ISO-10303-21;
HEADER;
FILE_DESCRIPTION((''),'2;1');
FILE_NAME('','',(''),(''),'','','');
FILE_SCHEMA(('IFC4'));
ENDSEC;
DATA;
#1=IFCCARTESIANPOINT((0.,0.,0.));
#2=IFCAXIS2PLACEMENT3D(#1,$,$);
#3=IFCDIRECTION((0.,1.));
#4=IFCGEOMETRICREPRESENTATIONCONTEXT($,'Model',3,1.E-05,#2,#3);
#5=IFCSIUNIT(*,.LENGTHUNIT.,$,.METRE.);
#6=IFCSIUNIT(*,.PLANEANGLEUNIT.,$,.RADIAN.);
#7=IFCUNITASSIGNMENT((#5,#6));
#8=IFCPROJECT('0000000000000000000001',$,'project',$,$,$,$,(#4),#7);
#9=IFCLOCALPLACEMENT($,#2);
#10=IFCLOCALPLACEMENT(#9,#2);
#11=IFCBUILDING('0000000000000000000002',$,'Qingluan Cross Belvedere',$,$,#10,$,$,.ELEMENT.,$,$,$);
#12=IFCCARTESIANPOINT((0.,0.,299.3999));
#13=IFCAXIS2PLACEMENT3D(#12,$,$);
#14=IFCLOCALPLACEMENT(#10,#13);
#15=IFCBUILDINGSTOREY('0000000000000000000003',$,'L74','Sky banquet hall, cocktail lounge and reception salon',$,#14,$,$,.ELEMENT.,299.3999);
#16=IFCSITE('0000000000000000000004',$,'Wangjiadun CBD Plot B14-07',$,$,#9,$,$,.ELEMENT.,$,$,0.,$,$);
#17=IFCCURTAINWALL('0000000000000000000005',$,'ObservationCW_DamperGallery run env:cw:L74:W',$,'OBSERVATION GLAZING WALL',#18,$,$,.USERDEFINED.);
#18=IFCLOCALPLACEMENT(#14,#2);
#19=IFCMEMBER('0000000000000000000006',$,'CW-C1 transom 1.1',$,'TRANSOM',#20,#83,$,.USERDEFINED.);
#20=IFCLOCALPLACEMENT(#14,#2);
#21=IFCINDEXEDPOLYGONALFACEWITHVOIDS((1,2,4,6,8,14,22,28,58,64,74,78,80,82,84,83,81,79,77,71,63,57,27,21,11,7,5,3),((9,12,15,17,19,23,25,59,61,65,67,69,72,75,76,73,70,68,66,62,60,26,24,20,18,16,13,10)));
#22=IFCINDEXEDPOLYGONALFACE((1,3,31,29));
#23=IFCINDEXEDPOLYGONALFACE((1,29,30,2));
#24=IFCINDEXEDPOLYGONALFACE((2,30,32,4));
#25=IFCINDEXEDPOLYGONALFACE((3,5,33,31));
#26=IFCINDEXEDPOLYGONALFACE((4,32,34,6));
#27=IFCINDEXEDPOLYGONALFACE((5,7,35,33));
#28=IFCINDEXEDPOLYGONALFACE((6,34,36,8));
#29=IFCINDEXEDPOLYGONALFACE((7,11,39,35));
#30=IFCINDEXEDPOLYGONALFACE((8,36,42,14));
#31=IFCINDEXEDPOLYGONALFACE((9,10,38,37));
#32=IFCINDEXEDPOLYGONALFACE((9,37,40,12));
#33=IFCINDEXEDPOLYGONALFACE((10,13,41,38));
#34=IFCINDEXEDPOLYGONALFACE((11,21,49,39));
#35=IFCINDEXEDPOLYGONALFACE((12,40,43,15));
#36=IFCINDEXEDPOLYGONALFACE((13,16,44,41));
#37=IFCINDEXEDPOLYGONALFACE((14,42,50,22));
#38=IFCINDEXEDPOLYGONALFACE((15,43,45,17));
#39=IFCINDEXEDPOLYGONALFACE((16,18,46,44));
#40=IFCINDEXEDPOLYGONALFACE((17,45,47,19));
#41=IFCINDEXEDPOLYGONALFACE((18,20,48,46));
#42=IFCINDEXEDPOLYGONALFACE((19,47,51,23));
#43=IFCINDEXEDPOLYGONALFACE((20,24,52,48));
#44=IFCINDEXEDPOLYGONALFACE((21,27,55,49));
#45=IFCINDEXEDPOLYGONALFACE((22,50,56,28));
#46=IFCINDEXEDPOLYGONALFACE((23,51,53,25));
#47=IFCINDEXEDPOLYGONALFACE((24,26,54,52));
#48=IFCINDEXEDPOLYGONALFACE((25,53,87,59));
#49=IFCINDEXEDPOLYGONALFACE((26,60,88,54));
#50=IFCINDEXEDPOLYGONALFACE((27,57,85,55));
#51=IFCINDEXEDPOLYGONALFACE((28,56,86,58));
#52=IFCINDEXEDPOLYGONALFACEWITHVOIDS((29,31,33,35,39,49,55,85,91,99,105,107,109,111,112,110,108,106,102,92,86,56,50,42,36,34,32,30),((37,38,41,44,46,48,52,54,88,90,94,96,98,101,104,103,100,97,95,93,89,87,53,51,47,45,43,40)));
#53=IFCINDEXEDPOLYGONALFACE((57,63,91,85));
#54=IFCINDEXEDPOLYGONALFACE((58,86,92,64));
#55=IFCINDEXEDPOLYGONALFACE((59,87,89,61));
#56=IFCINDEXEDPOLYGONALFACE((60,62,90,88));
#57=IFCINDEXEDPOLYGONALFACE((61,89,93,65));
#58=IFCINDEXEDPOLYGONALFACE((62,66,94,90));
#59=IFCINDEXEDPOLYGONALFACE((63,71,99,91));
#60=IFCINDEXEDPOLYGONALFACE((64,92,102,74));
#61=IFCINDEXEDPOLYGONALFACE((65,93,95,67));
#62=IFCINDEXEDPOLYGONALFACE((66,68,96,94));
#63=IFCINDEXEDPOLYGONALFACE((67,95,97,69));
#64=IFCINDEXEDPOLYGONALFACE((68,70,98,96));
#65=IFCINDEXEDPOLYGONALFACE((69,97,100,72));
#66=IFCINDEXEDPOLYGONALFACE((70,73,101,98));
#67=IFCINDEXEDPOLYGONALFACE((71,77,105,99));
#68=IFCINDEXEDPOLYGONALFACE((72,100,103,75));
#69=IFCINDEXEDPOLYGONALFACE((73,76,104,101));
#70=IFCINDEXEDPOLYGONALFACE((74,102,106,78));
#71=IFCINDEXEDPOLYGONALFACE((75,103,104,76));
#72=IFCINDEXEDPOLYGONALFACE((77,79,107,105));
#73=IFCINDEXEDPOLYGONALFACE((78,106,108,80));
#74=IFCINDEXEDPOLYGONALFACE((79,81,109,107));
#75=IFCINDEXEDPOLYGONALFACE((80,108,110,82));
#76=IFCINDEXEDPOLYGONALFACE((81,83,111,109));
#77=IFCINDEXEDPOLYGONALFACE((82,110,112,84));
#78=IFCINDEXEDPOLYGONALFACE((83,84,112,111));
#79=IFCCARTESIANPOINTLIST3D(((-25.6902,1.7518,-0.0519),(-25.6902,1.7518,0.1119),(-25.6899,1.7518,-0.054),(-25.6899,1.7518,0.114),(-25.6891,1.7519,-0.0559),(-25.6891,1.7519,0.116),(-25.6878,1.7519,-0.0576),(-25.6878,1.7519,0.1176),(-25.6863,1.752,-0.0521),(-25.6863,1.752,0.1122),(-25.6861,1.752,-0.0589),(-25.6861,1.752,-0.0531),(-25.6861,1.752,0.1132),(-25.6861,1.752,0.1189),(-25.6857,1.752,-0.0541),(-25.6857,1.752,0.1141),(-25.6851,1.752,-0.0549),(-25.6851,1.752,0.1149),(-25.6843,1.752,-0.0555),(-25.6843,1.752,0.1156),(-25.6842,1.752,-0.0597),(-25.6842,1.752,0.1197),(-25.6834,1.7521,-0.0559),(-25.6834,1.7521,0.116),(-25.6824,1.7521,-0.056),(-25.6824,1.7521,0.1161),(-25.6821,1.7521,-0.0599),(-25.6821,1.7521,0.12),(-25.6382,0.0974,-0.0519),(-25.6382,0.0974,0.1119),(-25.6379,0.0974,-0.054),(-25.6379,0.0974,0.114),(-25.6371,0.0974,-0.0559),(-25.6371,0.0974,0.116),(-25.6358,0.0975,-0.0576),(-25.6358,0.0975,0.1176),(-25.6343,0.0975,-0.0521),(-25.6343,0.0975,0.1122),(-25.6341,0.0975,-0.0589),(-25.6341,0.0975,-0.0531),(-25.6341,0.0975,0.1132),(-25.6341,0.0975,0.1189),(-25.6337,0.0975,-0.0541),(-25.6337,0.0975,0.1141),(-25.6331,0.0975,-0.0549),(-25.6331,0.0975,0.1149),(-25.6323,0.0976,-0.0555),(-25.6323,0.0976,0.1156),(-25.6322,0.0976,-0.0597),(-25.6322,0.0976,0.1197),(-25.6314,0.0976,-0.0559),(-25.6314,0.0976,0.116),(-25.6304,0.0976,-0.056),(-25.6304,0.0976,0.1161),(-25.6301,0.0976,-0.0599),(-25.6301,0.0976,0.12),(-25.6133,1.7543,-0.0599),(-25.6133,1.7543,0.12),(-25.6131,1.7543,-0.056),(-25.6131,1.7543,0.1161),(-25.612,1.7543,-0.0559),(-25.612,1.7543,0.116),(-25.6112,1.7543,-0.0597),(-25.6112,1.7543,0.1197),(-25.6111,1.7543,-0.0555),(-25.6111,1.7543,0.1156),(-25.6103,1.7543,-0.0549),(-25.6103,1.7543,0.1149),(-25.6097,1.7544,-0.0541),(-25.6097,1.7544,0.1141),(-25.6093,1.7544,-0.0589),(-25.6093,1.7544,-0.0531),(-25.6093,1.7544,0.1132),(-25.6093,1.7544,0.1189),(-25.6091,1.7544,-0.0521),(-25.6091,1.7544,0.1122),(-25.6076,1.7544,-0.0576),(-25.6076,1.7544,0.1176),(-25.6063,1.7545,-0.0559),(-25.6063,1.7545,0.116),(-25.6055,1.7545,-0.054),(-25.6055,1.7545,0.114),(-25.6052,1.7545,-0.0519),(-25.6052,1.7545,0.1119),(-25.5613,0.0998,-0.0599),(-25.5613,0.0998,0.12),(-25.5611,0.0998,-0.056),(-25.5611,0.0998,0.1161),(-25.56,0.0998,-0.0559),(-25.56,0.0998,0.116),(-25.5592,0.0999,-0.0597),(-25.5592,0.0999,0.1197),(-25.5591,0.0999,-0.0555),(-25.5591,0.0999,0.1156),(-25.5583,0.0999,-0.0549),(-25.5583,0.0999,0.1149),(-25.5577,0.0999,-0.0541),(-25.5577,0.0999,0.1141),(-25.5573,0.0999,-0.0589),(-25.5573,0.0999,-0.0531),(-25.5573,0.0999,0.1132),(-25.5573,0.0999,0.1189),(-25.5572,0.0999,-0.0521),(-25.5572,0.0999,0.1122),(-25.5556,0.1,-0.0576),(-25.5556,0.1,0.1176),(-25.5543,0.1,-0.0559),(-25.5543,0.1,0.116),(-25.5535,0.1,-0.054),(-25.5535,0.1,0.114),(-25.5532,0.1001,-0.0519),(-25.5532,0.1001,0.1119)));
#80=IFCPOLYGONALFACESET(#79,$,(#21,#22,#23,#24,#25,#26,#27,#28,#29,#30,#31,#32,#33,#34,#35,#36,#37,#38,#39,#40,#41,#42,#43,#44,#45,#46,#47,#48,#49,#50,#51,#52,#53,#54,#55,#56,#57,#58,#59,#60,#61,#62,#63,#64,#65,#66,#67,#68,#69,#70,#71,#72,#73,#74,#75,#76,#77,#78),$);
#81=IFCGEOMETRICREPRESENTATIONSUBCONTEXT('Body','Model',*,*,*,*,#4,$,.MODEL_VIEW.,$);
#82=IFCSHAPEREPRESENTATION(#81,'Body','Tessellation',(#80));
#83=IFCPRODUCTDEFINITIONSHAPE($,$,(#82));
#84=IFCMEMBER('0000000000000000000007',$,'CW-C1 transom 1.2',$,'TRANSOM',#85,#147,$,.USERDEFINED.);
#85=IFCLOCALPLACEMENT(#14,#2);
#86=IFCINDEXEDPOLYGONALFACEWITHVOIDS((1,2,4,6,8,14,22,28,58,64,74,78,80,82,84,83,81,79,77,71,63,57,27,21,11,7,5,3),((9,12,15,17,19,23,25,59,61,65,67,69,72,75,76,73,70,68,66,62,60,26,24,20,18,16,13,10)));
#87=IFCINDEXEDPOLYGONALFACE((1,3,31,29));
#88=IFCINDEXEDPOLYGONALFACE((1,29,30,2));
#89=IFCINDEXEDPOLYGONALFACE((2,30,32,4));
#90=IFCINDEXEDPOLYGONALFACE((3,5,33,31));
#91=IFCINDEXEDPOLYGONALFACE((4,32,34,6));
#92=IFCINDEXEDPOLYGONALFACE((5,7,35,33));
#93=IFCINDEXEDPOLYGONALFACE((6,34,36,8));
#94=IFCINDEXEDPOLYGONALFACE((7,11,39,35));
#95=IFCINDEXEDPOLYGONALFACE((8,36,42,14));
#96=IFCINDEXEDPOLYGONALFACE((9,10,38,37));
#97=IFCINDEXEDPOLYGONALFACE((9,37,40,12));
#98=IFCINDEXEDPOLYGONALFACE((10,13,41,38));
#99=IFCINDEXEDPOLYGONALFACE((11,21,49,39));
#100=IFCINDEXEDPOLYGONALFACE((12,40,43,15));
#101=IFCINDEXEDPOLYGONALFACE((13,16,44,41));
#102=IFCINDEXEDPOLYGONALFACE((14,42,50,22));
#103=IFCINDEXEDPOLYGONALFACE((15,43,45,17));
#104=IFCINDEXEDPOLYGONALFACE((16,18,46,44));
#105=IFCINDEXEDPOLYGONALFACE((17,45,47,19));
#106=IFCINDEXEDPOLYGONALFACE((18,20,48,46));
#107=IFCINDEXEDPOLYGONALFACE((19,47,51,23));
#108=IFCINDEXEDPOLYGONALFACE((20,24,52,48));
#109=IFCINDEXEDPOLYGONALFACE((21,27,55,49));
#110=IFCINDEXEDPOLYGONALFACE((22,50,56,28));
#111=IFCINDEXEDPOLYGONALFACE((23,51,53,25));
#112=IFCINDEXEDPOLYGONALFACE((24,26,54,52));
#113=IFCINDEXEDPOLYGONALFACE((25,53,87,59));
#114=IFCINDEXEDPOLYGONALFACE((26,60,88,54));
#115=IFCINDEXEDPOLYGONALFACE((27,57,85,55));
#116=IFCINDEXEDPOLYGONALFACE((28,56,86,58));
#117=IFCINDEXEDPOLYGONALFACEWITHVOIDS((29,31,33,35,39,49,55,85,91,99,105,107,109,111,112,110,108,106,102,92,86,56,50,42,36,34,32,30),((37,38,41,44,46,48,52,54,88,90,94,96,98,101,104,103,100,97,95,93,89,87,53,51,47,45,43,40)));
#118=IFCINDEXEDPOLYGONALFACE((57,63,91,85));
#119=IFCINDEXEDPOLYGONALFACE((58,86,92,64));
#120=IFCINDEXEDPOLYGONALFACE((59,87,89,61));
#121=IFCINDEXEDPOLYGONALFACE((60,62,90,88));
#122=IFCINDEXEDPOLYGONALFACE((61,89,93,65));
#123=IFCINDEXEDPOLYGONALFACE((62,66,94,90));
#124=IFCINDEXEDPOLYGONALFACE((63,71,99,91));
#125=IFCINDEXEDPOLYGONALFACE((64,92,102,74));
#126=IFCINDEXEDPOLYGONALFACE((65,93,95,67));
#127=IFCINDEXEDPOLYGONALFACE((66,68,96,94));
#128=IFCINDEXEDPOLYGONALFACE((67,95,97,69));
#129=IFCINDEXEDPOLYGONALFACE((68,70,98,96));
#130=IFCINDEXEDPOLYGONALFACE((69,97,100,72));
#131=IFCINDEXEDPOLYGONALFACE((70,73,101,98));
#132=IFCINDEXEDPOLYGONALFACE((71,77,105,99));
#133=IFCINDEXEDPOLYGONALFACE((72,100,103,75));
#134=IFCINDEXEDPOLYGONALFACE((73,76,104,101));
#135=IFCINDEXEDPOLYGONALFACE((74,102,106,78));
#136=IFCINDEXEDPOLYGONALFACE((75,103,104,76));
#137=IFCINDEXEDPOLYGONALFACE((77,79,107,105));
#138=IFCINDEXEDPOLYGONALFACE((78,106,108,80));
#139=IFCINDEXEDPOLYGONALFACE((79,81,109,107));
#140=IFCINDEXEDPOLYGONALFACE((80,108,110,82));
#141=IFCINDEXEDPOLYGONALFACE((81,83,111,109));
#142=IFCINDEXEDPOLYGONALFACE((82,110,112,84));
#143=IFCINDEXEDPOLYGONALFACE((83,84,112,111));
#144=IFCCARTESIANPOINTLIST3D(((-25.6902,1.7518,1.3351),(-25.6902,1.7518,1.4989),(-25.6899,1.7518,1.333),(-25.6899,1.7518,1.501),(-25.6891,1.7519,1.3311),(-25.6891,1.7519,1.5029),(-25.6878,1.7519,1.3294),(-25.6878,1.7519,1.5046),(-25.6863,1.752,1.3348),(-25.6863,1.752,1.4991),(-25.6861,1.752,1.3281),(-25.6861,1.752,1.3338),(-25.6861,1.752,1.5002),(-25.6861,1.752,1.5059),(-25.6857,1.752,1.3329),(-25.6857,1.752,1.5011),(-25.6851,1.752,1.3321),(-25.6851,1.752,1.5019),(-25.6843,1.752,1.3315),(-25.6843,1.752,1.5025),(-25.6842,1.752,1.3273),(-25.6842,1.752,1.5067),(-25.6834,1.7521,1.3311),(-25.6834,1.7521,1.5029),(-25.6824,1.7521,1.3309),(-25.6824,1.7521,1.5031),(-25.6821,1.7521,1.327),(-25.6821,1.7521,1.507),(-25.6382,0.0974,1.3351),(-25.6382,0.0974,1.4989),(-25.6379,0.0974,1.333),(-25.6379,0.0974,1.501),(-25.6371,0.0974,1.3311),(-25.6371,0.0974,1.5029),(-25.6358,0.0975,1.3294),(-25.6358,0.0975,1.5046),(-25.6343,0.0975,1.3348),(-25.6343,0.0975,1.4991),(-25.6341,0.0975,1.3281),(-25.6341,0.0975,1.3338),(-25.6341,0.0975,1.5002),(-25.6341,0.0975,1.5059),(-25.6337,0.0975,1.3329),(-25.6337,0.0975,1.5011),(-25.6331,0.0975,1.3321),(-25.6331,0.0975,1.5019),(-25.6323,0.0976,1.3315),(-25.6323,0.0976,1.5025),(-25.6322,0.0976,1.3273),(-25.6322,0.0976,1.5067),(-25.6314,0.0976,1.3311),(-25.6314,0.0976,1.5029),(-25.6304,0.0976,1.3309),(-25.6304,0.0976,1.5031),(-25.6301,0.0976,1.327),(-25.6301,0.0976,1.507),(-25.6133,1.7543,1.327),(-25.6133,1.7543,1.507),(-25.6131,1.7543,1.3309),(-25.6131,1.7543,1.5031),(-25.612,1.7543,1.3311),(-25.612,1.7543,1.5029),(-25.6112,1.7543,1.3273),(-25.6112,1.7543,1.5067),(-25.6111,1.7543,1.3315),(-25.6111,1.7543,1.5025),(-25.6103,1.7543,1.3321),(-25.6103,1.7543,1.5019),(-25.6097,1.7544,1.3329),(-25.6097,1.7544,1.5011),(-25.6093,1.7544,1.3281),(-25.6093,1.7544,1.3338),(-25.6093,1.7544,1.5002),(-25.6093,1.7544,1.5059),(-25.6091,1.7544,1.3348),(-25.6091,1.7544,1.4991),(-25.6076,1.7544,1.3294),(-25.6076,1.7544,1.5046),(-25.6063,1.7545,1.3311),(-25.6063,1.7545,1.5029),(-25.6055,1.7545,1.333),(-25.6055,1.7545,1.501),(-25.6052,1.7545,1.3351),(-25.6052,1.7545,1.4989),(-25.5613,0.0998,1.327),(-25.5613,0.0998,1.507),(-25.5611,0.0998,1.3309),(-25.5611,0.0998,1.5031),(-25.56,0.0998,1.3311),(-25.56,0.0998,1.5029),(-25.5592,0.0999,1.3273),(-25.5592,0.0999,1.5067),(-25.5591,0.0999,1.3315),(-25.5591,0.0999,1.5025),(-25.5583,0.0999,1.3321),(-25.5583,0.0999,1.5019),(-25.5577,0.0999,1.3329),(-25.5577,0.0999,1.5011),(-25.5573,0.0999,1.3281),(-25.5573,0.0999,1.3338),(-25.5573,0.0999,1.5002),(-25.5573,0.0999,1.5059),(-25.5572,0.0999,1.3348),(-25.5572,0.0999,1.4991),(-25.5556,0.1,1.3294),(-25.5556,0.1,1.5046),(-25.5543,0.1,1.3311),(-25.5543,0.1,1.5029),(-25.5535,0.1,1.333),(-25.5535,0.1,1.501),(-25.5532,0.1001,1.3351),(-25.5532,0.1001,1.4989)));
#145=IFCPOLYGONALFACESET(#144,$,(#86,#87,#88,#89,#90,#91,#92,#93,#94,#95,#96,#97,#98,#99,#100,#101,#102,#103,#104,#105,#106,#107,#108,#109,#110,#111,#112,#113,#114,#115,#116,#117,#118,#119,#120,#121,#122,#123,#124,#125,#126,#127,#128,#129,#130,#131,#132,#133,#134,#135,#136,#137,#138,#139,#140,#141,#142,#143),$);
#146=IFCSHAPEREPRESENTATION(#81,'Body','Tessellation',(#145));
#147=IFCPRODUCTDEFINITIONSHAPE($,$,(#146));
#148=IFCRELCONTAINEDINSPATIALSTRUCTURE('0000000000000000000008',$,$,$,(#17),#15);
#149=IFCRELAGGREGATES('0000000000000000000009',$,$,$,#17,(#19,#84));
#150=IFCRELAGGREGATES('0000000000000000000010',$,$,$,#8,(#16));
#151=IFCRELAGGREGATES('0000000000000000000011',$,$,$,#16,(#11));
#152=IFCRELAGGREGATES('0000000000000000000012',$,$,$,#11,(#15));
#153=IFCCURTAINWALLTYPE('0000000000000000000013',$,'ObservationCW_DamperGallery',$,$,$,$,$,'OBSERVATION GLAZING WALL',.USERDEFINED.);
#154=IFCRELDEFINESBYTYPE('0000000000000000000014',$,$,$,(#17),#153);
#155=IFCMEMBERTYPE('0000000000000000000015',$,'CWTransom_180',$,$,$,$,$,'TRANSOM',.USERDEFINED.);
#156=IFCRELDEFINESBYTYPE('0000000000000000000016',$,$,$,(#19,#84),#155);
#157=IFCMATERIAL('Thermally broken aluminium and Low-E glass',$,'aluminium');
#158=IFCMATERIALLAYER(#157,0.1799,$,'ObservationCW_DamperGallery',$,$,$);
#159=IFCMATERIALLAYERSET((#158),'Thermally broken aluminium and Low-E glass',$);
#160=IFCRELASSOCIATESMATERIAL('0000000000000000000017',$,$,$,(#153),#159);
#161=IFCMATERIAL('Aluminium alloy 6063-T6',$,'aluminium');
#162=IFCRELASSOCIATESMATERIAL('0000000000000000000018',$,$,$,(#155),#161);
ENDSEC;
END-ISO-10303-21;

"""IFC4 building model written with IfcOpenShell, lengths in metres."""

from ifc_helpers import new_model, si_unit, direction, frame, origin, origin_2d, place, context, subcontext, project, spatial, hollow_rectangle, extrude, material, layer, layer_set, material_profile, profile_set, type_object, element, aggregate, save


model = new_model("IFC4")

# Units and contexts
model_context = context("Model", 3, precision=1e-05, world=origin(), true_north=direction((0.0, 1.0)))
body_context = subcontext(model_context, "Body", "Model", "MODEL_VIEW")
ifc_project = project(units=[si_unit("LENGTHUNIT", "METRE"), si_unit("PLANEANGLEUNIT", "RADIAN")], contexts=[model_context])

# Site, building, storey
site_placement = place(None, origin())
site = spatial("IfcSite", under=ifc_project, at=site_placement, Name="Wangjiadun CBD Plot B14-07", CompositionType="ELEMENT", RefElevation=0.0)
building_placement = place(site_placement, origin())
building = spatial("IfcBuilding", under=site, at=building_placement, Name="Qingluan Cross Belvedere", CompositionType="ELEMENT")
storey_placement = place(building_placement, frame((0.0, 0.0, 299.3999)))
storey = spatial("IfcBuildingStorey", under=building, at=storey_placement, Name="L74", Description="Sky banquet hall, cocktail lounge and reception salon", CompositionType="ELEMENT", Elevation=299.3999)

# Curtain wall, members
ifc_material_1 = material(Name="Thermally broken aluminium and Low-E glass", Category="aluminium")
ifc_layer_1 = layer(ifc_material_1, 0.1799, Name="ObservationCW_DamperGallery")
ifc_layer_set_1 = layer_set([ifc_layer_1], Name="Thermally broken aluminium and Low-E glass")
curtain_wall_type = type_object("IfcCurtainWallType", Name="ObservationCW_DamperGallery", ElementType="OBSERVATION GLAZING WALL", PredefinedType="USERDEFINED", material=ifc_layer_set_1)
curtain_wall_placement = place(storey_placement, origin())
curtain_wall = element("IfcCurtainWall", 1, at=curtain_wall_placement, inside=storey, type_object=curtain_wall_type, Name="ObservationCW_DamperGallery run env:cw:L74:W", ObjectType="OBSERVATION GLAZING WALL", PredefinedType="USERDEFINED")
ifc_material_2 = material(Name="Aluminium alloy 6063-T6", Category="aluminium")
ifc_material_profile_1 = material_profile(ifc_material_2, hollow_rectangle(XDim=0.085, YDim=0.1799, WallThickness=0.0039, InnerFilletRadius=0.0039, OuterFilletRadius=0.0081, at=origin_2d()), Name="CWT180x85x4")
ifc_profile_set_1 = profile_set([ifc_material_profile_1], Name="Aluminium alloy 6063-T6")
member_type_1 = type_object("IfcMemberType", Name="CWTransom_180", ElementType="TRANSOM", PredefinedType="USERDEFINED", material=ifc_profile_set_1)
member_1_placement = place(storey_placement, frame((-25.6477, 1.7532, 0.03), z_axis=(0.031414, -0.999506, 0.0), x_axis=(0.999506, 0.031414, 0.0)))
member_1 = element("IfcMember", 2, at=member_1_placement, type_object=member_type_1, Name="CW-C1 transom 1.1", ObjectType="TRANSOM", PredefinedType="USERDEFINED", context=body_context, shape_type="SweptSolid", body=[
    extrude(hollow_rectangle(XDim=0.085, YDim=0.1799, WallThickness=0.0039, InnerFilletRadius=0.0039, OuterFilletRadius=0.0081, at=origin_2d()), origin(), (0.0, 0.0, 1.0), 1.6553),
])
member_2_placement = place(storey_placement, frame((-25.6477, 1.7532, 1.417), z_axis=(0.031414, -0.999506, 0.0), x_axis=(0.999506, 0.031414, 0.0)))
member_2 = element("IfcMember", 3, at=member_2_placement, type_object=member_type_1, Name="CW-C1 transom 1.2", ObjectType="TRANSOM", PredefinedType="USERDEFINED", context=body_context, shape_type="SweptSolid", body=[
    extrude(hollow_rectangle(XDim=0.085, YDim=0.1799, WallThickness=0.0039, InnerFilletRadius=0.0039, OuterFilletRadius=0.0081, at=origin_2d()), origin(), (0.0, 0.0, 1.0), 1.6553),
])
aggregate(curtain_wall, [member_1, member_2])

save(model, "model.ifc")
